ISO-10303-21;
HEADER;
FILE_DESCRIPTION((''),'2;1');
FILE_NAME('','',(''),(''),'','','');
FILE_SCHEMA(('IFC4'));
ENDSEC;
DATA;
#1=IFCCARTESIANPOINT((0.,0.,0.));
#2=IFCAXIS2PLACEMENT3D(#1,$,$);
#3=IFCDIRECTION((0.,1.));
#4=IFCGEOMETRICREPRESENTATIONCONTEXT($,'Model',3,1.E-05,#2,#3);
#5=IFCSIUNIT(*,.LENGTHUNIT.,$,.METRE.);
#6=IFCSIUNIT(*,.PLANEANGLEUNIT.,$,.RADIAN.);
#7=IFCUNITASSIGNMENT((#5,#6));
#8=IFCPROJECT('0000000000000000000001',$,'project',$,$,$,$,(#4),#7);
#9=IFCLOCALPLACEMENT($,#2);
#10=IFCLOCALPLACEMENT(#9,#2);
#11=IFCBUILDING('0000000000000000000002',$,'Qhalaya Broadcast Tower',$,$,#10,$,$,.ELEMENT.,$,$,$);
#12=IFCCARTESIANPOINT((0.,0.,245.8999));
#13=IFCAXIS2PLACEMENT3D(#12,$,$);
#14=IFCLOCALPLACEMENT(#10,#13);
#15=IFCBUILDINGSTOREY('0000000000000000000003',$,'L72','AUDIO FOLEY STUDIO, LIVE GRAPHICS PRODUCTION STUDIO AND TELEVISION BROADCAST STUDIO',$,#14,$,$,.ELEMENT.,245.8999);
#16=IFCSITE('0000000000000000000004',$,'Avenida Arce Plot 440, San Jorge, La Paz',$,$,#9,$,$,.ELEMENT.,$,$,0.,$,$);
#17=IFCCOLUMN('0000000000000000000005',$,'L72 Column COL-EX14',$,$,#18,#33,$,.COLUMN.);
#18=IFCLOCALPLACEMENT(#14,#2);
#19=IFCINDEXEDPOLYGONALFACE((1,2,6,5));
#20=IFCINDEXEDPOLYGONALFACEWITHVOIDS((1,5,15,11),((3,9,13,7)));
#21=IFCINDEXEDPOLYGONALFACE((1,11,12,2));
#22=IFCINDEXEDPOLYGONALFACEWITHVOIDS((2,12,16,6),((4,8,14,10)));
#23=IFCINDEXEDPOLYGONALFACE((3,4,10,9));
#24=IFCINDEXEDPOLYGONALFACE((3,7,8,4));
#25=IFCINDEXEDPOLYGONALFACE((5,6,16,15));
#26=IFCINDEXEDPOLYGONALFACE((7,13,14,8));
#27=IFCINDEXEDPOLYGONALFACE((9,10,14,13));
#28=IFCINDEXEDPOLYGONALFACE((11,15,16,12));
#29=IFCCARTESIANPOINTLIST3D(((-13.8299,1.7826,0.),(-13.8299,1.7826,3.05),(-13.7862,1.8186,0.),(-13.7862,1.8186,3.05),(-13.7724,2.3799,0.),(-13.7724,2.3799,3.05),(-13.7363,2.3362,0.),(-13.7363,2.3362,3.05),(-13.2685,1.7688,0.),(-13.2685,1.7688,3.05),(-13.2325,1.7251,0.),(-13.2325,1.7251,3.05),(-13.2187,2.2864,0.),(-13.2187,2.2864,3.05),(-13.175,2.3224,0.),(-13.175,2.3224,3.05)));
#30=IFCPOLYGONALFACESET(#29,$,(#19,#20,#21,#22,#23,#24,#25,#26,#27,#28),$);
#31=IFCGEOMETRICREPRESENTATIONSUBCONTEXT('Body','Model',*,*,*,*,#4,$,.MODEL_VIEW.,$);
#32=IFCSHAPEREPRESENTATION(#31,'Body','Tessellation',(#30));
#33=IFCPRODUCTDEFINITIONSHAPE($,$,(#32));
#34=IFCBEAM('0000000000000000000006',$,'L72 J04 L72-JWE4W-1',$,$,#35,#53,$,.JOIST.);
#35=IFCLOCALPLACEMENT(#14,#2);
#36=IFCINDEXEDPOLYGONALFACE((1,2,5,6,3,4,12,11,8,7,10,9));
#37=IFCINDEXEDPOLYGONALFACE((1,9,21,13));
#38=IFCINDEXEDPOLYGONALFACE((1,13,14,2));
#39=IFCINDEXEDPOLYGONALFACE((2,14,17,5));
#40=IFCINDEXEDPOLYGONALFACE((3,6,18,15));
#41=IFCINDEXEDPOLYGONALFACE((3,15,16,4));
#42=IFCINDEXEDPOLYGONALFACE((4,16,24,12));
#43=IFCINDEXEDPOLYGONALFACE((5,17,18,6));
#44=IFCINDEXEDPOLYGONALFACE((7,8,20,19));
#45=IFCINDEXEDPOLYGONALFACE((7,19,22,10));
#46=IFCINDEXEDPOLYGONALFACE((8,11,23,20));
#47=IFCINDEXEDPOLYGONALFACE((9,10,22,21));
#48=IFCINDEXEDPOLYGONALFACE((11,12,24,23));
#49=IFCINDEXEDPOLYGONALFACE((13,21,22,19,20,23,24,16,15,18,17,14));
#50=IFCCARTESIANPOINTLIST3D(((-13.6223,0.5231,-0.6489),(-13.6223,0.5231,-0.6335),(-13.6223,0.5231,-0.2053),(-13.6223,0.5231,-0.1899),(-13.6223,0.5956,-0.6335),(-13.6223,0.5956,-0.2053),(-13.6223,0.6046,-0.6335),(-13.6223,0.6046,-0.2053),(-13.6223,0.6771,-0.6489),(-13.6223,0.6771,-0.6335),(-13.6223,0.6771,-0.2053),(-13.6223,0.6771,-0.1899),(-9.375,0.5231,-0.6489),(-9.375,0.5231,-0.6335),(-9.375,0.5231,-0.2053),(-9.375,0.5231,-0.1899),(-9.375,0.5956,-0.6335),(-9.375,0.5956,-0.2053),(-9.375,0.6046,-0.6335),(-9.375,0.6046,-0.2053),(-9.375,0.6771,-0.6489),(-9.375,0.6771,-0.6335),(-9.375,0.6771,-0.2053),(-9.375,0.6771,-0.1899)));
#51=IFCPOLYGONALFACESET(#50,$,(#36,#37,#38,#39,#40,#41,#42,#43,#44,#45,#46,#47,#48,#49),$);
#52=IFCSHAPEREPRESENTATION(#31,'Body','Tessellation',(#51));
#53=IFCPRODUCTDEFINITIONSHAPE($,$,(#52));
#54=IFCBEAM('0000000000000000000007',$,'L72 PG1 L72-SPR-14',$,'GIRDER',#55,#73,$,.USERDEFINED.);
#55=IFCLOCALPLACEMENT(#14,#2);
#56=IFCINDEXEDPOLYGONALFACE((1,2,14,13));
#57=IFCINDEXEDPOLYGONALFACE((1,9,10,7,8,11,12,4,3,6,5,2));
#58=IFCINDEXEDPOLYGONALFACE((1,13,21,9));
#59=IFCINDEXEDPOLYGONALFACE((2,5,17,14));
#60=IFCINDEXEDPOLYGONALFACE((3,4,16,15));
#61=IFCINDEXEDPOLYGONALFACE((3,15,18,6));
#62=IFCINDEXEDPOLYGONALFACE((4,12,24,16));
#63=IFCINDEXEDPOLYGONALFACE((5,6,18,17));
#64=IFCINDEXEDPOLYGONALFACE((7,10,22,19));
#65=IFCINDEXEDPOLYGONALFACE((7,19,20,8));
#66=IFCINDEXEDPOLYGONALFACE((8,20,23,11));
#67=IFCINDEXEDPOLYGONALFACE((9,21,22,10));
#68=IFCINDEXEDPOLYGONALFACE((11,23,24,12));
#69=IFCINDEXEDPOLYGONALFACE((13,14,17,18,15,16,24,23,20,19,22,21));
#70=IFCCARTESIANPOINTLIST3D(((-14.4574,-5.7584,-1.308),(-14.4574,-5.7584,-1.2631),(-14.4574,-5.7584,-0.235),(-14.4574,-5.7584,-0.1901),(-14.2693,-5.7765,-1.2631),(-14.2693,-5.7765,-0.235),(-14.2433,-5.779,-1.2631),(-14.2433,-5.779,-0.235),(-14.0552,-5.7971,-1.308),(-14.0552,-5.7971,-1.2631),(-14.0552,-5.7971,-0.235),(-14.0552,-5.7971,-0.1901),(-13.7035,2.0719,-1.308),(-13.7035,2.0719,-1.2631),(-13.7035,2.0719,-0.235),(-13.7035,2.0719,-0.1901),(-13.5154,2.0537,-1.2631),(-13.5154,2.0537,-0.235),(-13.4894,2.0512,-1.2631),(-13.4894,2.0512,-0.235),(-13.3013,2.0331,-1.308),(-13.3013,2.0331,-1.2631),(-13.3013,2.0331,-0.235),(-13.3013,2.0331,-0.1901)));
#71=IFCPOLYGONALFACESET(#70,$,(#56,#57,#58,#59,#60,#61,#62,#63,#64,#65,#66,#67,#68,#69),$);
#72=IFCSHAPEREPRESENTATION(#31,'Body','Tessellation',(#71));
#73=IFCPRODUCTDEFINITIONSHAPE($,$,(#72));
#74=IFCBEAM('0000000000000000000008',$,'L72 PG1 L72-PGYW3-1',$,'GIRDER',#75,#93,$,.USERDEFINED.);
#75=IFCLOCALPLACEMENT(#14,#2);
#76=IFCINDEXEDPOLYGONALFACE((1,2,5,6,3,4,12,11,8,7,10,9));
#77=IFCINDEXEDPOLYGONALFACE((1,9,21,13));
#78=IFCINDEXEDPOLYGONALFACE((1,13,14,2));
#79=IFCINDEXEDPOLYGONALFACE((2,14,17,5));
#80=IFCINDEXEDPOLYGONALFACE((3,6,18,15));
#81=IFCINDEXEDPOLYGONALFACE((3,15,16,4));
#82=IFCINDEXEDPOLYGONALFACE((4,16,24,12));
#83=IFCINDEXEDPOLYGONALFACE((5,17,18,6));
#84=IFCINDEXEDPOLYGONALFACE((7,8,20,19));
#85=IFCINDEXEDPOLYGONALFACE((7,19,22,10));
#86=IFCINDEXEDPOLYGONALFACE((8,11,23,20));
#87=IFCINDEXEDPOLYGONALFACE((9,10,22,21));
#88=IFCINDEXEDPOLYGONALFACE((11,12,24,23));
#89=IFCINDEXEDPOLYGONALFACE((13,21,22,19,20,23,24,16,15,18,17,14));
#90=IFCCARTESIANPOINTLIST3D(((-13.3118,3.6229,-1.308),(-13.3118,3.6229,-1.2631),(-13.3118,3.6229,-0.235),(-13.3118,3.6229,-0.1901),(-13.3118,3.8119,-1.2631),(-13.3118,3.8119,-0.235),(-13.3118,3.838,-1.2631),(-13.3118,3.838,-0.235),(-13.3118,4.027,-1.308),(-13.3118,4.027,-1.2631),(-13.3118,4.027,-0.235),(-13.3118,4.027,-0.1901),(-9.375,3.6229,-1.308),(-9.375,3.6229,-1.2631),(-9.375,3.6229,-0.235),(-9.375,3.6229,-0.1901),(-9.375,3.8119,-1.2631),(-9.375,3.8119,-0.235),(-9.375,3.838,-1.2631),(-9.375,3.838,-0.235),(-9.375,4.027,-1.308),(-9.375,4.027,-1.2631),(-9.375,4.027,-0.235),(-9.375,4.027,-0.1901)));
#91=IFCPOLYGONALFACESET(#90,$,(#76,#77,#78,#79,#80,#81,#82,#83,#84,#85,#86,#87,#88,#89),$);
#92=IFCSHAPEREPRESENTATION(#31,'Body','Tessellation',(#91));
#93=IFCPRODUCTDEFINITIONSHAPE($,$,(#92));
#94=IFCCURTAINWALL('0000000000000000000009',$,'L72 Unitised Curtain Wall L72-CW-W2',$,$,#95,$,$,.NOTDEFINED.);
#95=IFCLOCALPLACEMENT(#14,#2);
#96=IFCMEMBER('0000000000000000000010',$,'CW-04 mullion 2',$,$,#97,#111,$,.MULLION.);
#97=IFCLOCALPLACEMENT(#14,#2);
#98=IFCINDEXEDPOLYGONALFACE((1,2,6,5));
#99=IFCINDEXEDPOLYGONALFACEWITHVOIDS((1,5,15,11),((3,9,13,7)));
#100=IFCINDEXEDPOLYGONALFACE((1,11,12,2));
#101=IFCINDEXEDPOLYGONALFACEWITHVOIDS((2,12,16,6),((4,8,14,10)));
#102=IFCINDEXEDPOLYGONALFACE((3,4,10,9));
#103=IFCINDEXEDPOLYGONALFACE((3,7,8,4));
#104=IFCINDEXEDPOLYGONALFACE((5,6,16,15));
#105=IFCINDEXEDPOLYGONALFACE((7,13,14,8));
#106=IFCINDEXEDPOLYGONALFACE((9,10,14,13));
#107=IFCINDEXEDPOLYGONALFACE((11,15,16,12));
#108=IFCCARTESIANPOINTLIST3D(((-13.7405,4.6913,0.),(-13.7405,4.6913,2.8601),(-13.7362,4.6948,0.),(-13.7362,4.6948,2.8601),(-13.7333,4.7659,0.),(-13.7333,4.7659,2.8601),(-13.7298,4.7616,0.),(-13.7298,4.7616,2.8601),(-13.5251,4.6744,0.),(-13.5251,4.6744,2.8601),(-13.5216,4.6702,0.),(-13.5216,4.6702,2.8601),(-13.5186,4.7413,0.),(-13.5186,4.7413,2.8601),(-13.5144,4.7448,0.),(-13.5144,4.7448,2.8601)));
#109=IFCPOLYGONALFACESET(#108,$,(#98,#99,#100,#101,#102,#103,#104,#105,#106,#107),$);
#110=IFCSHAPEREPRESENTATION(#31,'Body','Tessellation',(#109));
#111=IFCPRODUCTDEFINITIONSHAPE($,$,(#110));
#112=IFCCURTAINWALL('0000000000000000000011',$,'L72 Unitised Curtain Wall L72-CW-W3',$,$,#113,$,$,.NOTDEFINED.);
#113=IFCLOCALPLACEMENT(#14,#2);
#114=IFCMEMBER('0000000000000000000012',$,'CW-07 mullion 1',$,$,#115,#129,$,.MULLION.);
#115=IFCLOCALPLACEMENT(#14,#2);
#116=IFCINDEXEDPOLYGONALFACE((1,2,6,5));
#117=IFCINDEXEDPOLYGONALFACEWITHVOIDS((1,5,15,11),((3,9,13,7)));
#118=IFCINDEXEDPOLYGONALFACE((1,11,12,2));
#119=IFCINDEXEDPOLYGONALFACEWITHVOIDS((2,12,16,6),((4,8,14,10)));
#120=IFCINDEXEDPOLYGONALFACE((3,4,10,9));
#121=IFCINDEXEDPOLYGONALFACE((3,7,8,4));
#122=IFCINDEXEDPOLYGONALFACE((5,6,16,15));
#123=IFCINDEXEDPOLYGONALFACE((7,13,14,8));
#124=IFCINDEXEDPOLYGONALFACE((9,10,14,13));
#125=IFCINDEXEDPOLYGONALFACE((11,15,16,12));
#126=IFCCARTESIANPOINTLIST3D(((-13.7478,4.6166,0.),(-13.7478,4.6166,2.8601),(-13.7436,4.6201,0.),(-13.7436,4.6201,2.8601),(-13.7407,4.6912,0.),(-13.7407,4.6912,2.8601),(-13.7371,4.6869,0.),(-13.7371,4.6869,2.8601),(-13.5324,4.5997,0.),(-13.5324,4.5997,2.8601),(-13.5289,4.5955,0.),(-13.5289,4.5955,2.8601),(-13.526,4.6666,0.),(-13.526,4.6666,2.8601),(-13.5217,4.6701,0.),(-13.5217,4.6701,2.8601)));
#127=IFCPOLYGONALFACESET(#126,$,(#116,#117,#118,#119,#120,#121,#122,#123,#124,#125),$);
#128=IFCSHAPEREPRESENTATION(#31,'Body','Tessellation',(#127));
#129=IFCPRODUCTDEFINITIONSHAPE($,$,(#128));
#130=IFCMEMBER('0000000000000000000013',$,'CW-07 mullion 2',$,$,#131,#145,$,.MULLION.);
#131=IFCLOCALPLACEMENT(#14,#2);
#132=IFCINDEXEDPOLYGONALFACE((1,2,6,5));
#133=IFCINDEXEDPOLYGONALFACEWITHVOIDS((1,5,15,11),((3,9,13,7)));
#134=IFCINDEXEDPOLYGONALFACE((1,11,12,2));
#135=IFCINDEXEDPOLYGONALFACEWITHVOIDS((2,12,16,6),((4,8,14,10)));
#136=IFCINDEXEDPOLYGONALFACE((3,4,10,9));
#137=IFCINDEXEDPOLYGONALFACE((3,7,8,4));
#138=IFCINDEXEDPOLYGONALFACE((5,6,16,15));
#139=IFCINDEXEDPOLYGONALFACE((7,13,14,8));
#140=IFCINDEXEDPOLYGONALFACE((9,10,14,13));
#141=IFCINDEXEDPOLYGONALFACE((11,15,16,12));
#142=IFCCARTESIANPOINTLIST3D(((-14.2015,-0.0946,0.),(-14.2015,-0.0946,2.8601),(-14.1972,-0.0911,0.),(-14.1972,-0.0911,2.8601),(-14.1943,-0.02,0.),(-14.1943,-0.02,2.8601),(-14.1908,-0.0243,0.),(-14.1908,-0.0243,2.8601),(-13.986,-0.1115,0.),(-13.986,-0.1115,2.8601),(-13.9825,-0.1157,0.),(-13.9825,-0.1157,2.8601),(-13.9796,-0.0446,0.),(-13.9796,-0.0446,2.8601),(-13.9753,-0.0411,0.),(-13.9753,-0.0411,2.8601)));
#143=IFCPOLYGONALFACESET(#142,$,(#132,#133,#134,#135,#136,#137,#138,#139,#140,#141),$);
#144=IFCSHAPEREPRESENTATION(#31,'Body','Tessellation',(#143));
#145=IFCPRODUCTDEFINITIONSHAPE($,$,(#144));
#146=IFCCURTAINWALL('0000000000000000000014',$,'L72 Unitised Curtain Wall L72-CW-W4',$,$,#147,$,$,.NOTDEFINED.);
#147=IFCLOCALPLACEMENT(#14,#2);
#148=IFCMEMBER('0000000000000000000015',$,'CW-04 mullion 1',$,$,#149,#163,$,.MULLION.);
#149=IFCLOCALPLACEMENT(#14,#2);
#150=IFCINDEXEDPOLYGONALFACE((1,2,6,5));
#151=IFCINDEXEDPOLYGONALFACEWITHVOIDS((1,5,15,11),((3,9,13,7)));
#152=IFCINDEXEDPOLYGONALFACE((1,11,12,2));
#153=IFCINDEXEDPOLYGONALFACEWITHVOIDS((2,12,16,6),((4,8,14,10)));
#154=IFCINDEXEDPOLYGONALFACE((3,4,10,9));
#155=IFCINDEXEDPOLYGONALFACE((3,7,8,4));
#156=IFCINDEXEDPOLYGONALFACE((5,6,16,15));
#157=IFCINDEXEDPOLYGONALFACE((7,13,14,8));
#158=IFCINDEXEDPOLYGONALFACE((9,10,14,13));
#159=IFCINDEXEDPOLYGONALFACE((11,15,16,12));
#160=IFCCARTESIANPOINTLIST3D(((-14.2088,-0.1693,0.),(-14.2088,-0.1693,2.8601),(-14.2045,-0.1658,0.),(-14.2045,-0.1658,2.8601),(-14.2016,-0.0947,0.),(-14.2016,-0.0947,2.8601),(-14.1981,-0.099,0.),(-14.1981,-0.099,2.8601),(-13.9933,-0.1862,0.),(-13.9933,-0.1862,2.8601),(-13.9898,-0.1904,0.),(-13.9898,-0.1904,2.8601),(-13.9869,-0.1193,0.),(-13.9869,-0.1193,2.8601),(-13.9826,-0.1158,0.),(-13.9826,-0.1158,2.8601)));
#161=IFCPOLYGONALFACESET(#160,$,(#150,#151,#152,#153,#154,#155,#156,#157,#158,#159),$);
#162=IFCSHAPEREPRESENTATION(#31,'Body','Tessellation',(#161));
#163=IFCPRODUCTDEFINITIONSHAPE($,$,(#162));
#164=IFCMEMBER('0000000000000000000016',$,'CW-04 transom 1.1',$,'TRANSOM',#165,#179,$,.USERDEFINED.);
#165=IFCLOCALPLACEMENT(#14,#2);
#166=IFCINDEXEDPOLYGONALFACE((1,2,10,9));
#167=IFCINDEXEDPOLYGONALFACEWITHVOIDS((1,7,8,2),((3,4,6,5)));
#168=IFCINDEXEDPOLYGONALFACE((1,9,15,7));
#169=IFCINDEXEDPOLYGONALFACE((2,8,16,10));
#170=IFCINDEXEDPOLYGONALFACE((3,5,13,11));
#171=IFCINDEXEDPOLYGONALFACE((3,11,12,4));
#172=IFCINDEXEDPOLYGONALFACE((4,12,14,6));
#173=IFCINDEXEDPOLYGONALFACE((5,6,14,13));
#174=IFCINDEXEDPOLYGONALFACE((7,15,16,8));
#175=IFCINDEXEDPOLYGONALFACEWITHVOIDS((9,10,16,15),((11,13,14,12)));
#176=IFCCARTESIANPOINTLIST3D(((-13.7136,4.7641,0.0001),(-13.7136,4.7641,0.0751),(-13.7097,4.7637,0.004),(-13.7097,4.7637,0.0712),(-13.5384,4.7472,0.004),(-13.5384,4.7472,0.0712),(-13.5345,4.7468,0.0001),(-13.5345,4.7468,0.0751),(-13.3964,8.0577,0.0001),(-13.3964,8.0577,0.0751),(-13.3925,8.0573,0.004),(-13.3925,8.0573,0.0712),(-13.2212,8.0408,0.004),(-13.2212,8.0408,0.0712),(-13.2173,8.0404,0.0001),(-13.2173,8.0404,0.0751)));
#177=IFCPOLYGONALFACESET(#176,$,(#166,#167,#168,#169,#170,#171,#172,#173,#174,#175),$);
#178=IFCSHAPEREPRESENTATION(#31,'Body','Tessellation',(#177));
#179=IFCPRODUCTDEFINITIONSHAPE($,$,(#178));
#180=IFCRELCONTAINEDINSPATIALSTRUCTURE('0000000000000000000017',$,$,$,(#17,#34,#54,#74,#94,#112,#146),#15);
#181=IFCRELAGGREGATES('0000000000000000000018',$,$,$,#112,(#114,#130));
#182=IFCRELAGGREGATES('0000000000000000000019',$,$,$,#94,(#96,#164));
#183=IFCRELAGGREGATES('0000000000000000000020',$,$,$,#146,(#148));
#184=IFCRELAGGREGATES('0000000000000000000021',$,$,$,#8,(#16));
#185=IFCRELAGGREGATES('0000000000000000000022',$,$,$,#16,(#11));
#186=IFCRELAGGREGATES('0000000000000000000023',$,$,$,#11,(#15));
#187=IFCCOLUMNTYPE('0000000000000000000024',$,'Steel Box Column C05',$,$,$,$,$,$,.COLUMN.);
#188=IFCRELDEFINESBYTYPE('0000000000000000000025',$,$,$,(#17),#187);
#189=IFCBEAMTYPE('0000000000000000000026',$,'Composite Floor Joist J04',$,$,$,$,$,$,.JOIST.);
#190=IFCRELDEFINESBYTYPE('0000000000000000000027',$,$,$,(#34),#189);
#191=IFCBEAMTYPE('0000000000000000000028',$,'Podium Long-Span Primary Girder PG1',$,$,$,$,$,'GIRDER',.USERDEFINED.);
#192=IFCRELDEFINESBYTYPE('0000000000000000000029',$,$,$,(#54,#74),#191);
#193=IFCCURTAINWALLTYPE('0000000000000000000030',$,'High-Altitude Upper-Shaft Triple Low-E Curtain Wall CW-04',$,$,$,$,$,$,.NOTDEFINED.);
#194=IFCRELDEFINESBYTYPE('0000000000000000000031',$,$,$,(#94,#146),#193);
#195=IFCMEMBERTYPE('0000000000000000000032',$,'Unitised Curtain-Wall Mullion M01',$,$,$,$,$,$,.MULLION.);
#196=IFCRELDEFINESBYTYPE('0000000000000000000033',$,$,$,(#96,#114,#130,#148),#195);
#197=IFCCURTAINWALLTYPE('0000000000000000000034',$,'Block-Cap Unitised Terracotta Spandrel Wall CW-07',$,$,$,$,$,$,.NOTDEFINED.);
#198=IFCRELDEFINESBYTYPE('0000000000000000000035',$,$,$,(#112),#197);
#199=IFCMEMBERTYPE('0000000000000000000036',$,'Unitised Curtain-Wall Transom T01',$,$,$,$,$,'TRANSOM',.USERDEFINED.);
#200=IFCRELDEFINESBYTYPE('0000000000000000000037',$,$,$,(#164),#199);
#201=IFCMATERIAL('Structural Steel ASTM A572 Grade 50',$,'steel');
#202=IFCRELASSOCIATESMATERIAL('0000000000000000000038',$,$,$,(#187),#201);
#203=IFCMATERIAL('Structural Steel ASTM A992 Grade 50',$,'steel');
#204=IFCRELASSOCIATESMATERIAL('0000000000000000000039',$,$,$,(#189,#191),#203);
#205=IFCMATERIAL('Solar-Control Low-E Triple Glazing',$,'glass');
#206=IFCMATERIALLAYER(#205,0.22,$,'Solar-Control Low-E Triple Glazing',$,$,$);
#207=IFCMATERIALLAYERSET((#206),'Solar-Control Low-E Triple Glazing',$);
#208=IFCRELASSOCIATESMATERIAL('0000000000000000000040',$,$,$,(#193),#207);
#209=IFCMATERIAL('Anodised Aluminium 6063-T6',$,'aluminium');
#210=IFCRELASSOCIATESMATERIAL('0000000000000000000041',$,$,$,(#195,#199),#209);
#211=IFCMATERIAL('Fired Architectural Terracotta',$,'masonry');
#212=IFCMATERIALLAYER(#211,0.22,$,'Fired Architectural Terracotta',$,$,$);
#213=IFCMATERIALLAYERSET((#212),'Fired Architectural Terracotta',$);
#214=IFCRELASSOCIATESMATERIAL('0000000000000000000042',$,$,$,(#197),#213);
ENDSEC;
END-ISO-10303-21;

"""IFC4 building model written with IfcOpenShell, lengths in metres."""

from ifc_helpers import new_model, si_unit, direction, frame, origin, origin_2d, place, context, subcontext, project, spatial, hollow_rectangle, i_section, extrude, material, layer, layer_set, material_profile, profile_set, type_object, element, aggregate, save


model = new_model("IFC4")

# Units and contexts
model_context = context("Model", 3, precision=1e-05, world=origin(), true_north=direction((0.0, 1.0)))
body_context = subcontext(model_context, "Body", "Model", "MODEL_VIEW")
ifc_project = project(units=[si_unit("LENGTHUNIT", "METRE"), si_unit("PLANEANGLEUNIT", "RADIAN")], contexts=[model_context])

# Site, building, storey
site_placement = place(None, origin())
site = spatial("IfcSite", under=ifc_project, at=site_placement, Name="Avenida Arce Plot 440, San Jorge, La Paz", CompositionType="ELEMENT", RefElevation=0.0)
building_placement = place(site_placement, origin())
building = spatial("IfcBuilding", under=site, at=building_placement, Name="Qhalaya Broadcast Tower", CompositionType="ELEMENT")
storey_placement = place(building_placement, frame((0.0, 0.0, 245.8999)))
storey = spatial("IfcBuildingStorey", under=building, at=storey_placement, Name="L72", Description="AUDIO FOLEY STUDIO, LIVE GRAPHICS PRODUCTION STUDIO AND TELEVISION BROADCAST STUDIO", CompositionType="ELEMENT", Elevation=245.8999)

# Column
ifc_material_1 = material(Name="Structural Steel ASTM A572 Grade 50", Category="steel")
ifc_material_profile_1 = material_profile(ifc_material_1, hollow_rectangle(XDim=0.6001, YDim=0.6001, WallThickness=0.04, at=origin_2d()), Name="BOX 600x600x40")
ifc_profile_set_1 = profile_set([ifc_material_profile_1], Name="Structural Steel ASTM A572 Grade 50")
column_type = type_object("IfcColumnType", Name="Steel Box Column C05", PredefinedType="COLUMN", material=ifc_profile_set_1)
column_placement = place(storey_placement, frame((-13.5024, 2.0525, 0.0), z_axis=(0.0, 0.0, 1.0), x_axis=(0.095846, 0.995396, 0.0)))
element("IfcColumn", 1, at=column_placement, inside=storey, type_object=column_type, Name="L72 Column COL-EX14", PredefinedType="COLUMN", context=body_context, shape_type="SweptSolid", body=[
    extrude(hollow_rectangle(XDim=0.6001, YDim=0.6001, WallThickness=0.04, at=origin_2d()), origin(), (0.0, 0.0, 1.0), 3.05),
])

# Beams
ifc_material_2 = material(Name="Structural Steel ASTM A992 Grade 50", Category="steel")
ifc_material_profile_2 = material_profile(ifc_material_2, i_section(OverallWidth=0.1541, OverallDepth=0.459, WebThickness=0.009, FlangeThickness=0.0154, at=origin_2d()), Name="W18X46")
ifc_profile_set_2 = profile_set([ifc_material_profile_2], Name="Structural Steel ASTM A992 Grade 50")
beam_type_1 = type_object("IfcBeamType", Name="Composite Floor Joist J04", PredefinedType="JOIST", material=ifc_profile_set_2)
beam_1_placement = place(storey_placement, frame((-13.6223, 0.6001, -0.4194), z_axis=(1.0, 0.0, 0.0), x_axis=(0.0, 1.0, 0.0)))
element("IfcBeam", 2, at=beam_1_placement, inside=storey, type_object=beam_type_1, Name="L72 J04 L72-JWE4W-1", PredefinedType="JOIST", context=body_context, shape_type="SweptSolid", body=[
    extrude(i_section(OverallWidth=0.1541, OverallDepth=0.459, WebThickness=0.009, FlangeThickness=0.0154, at=origin_2d()), origin(), (0.0, 0.0, 1.0), 4.2473),
])
ifc_material_profile_3 = material_profile(ifc_material_2, i_section(OverallWidth=0.4041, OverallDepth=1.1179, WebThickness=0.0261, FlangeThickness=0.0449, at=origin_2d()), Name="W44X335")
ifc_profile_set_3 = profile_set([ifc_material_profile_3], Name="Structural Steel ASTM A992 Grade 50")
beam_type_2 = type_object("IfcBeamType", Name="Podium Long-Span Primary Girder PG1", ElementType="GIRDER", PredefinedType="USERDEFINED", material=ifc_profile_set_3)
beam_2_placement = place(storey_placement, frame((-13.5024, 2.0525, -0.749), z_axis=(-0.095837, -0.995397, 0.0), x_axis=(0.995397, -0.095837, 0.0)))
element("IfcBeam", 3, at=beam_2_placement, inside=storey, type_object=beam_type_2, Name="L72 PG1 L72-SPR-14", ObjectType="GIRDER", PredefinedType="USERDEFINED", context=body_context, shape_type="SweptSolid", body=[
    extrude(i_section(OverallWidth=0.4041, OverallDepth=1.1179, WebThickness=0.0261, FlangeThickness=0.0449, at=origin_2d()), origin(), (0.0, 0.0, 1.0), 7.8665),
])
beam_3_placement = place(storey_placement, frame((-13.3118, 3.825, -0.749), z_axis=(1.0, 0.0, 0.0), x_axis=(0.0, 1.0, 0.0)))
element("IfcBeam", 4, at=beam_3_placement, inside=storey, type_object=beam_type_2, Name="L72 PG1 L72-PGYW3-1", ObjectType="GIRDER", PredefinedType="USERDEFINED", context=body_context, shape_type="SweptSolid", body=[
    extrude(i_section(OverallWidth=0.4041, OverallDepth=1.1179, WebThickness=0.0261, FlangeThickness=0.0449, at=origin_2d()), origin(), (0.0, 0.0, 1.0), 3.9368),
])

# Curtain wall, member
ifc_material_3 = material(Name="Solar-Control Low-E Triple Glazing", Category="glass")
ifc_layer_1 = layer(ifc_material_3, 0.22, Name="Solar-Control Low-E Triple Glazing")
ifc_layer_set_1 = layer_set([ifc_layer_1], Name="Solar-Control Low-E Triple Glazing")
curtain_wall_type_1 = type_object("IfcCurtainWallType", Name="High-Altitude Upper-Shaft Triple Low-E Curtain Wall CW-04", PredefinedType="NOTDEFINED", material=ifc_layer_set_1)
curtain_wall_1_placement = place(storey_placement, origin())
curtain_wall_1 = element("IfcCurtainWall", 5, at=curtain_wall_1_placement, inside=storey, type_object=curtain_wall_type_1, Name="L72 Unitised Curtain Wall L72-CW-W2", PredefinedType="NOTDEFINED")
ifc_material_4 = material(Name="Anodised Aluminium 6063-T6", Category="aluminium")
ifc_material_profile_4 = material_profile(ifc_material_4, hollow_rectangle(XDim=0.075, YDim=0.22, WallThickness=0.0039, at=origin_2d()), Name="ALU-MUL 75x220x4")
ifc_profile_set_4 = profile_set([ifc_material_profile_4], Name="Anodised Aluminium 6063-T6")
member_type_1 = type_object("IfcMemberType", Name="Unitised Curtain-Wall Mullion M01", PredefinedType="MULLION", material=ifc_profile_set_4)
member_1_placement = place(storey_placement, frame((-13.6274, 4.718, 0.0), z_axis=(0.0, 0.0, 1.0), x_axis=(-0.095836, -0.995397, 0.0)))
member_1 = element("IfcMember", 6, at=member_1_placement, type_object=member_type_1, Name="CW-04 mullion 2", PredefinedType="MULLION", context=body_context, shape_type="SweptSolid", body=[
    extrude(hollow_rectangle(XDim=0.075, YDim=0.22, WallThickness=0.0039, at=origin_2d()), origin(), (0.0, 0.0, 1.0), 2.8601),
])

# Curtain wall, members
ifc_material_5 = material(Name="Fired Architectural Terracotta", Category="masonry")
ifc_layer_2 = layer(ifc_material_5, 0.22, Name="Fired Architectural Terracotta")
ifc_layer_set_2 = layer_set([ifc_layer_2], Name="Fired Architectural Terracotta")
curtain_wall_type_2 = type_object("IfcCurtainWallType", Name="Block-Cap Unitised Terracotta Spandrel Wall CW-07", PredefinedType="NOTDEFINED", material=ifc_layer_set_2)
curtain_wall_2_placement = place(storey_placement, origin())
curtain_wall_2 = element("IfcCurtainWall", 7, at=curtain_wall_2_placement, inside=storey, type_object=curtain_wall_type_2, Name="L72 Unitised Curtain Wall L72-CW-W3", PredefinedType="NOTDEFINED")
member_2_placement = place(storey_placement, frame((-13.6348, 4.6433, 0.0), z_axis=(0.0, 0.0, 1.0), x_axis=(-0.095862, -0.995395, 0.0)))
member_2 = element("IfcMember", 8, at=member_2_placement, type_object=member_type_1, Name="CW-07 mullion 1", PredefinedType="MULLION", context=body_context, shape_type="SweptSolid", body=[
    extrude(hollow_rectangle(XDim=0.075, YDim=0.22, WallThickness=0.0039, at=origin_2d()), origin(), (0.0, 0.0, 1.0), 2.8601),
])
member_3_placement = place(storey_placement, frame((-14.0884, -0.0679, 0.0), z_axis=(0.0, 0.0, 1.0), x_axis=(-0.095862, -0.995395, 0.0)))
member_3 = element("IfcMember", 9, at=member_3_placement, type_object=member_type_1, Name="CW-07 mullion 2", PredefinedType="MULLION", context=body_context, shape_type="SweptSolid", body=[
    extrude(hollow_rectangle(XDim=0.075, YDim=0.22, WallThickness=0.0039, at=origin_2d()), origin(), (0.0, 0.0, 1.0), 2.8601),
])

# Curtain wall, member
curtain_wall_3_placement = place(storey_placement, origin())
curtain_wall_3 = element("IfcCurtainWall", 10, at=curtain_wall_3_placement, inside=storey, type_object=curtain_wall_type_1, Name="L72 Unitised Curtain Wall L72-CW-W4", PredefinedType="NOTDEFINED")
member_4_placement = place(storey_placement, frame((-14.0957, -0.1426, 0.0), z_axis=(0.0, 0.0, 1.0), x_axis=(-0.095835, -0.995397, 0.0)))
member_4 = element("IfcMember", 11, at=member_4_placement, type_object=member_type_1, Name="CW-04 mullion 1", PredefinedType="MULLION", context=body_context, shape_type="SweptSolid", body=[
    extrude(hollow_rectangle(XDim=0.075, YDim=0.22, WallThickness=0.0039, at=origin_2d()), origin(), (0.0, 0.0, 1.0), 2.8601),
])

# Member
ifc_material_profile_5 = material_profile(ifc_material_4, hollow_rectangle(XDim=0.075, YDim=0.1799, WallThickness=0.0039, at=origin_2d()), Name="ALU-TRN 75x180x4")
ifc_profile_set_5 = profile_set([ifc_material_profile_5], Name="Anodised Aluminium 6063-T6")
member_type_2 = type_object("IfcMemberType", Name="Unitised Curtain-Wall Transom T01", ElementType="TRANSOM", PredefinedType="USERDEFINED", material=ifc_profile_set_5)
member_5_placement = place(storey_placement, frame((-13.3069, 8.0491, 0.0376), z_axis=(-0.095843, -0.995396, 0.0), x_axis=(0.0, 0.0, 1.0)))
member_5 = element("IfcMember", 12, at=member_5_placement, type_object=member_type_2, Name="CW-04 transom 1.1", ObjectType="TRANSOM", PredefinedType="USERDEFINED", context=body_context, shape_type="SweptSolid", body=[
    extrude(hollow_rectangle(XDim=0.075, YDim=0.1799, WallThickness=0.0039, at=origin_2d()), origin(), (0.0, 0.0, 1.0), 3.3088),
])

aggregate(curtain_wall_2, [member_2, member_3])
aggregate(curtain_wall_1, [member_1, member_5])
aggregate(curtain_wall_3, [member_4])

save(model, "model.ifc")
